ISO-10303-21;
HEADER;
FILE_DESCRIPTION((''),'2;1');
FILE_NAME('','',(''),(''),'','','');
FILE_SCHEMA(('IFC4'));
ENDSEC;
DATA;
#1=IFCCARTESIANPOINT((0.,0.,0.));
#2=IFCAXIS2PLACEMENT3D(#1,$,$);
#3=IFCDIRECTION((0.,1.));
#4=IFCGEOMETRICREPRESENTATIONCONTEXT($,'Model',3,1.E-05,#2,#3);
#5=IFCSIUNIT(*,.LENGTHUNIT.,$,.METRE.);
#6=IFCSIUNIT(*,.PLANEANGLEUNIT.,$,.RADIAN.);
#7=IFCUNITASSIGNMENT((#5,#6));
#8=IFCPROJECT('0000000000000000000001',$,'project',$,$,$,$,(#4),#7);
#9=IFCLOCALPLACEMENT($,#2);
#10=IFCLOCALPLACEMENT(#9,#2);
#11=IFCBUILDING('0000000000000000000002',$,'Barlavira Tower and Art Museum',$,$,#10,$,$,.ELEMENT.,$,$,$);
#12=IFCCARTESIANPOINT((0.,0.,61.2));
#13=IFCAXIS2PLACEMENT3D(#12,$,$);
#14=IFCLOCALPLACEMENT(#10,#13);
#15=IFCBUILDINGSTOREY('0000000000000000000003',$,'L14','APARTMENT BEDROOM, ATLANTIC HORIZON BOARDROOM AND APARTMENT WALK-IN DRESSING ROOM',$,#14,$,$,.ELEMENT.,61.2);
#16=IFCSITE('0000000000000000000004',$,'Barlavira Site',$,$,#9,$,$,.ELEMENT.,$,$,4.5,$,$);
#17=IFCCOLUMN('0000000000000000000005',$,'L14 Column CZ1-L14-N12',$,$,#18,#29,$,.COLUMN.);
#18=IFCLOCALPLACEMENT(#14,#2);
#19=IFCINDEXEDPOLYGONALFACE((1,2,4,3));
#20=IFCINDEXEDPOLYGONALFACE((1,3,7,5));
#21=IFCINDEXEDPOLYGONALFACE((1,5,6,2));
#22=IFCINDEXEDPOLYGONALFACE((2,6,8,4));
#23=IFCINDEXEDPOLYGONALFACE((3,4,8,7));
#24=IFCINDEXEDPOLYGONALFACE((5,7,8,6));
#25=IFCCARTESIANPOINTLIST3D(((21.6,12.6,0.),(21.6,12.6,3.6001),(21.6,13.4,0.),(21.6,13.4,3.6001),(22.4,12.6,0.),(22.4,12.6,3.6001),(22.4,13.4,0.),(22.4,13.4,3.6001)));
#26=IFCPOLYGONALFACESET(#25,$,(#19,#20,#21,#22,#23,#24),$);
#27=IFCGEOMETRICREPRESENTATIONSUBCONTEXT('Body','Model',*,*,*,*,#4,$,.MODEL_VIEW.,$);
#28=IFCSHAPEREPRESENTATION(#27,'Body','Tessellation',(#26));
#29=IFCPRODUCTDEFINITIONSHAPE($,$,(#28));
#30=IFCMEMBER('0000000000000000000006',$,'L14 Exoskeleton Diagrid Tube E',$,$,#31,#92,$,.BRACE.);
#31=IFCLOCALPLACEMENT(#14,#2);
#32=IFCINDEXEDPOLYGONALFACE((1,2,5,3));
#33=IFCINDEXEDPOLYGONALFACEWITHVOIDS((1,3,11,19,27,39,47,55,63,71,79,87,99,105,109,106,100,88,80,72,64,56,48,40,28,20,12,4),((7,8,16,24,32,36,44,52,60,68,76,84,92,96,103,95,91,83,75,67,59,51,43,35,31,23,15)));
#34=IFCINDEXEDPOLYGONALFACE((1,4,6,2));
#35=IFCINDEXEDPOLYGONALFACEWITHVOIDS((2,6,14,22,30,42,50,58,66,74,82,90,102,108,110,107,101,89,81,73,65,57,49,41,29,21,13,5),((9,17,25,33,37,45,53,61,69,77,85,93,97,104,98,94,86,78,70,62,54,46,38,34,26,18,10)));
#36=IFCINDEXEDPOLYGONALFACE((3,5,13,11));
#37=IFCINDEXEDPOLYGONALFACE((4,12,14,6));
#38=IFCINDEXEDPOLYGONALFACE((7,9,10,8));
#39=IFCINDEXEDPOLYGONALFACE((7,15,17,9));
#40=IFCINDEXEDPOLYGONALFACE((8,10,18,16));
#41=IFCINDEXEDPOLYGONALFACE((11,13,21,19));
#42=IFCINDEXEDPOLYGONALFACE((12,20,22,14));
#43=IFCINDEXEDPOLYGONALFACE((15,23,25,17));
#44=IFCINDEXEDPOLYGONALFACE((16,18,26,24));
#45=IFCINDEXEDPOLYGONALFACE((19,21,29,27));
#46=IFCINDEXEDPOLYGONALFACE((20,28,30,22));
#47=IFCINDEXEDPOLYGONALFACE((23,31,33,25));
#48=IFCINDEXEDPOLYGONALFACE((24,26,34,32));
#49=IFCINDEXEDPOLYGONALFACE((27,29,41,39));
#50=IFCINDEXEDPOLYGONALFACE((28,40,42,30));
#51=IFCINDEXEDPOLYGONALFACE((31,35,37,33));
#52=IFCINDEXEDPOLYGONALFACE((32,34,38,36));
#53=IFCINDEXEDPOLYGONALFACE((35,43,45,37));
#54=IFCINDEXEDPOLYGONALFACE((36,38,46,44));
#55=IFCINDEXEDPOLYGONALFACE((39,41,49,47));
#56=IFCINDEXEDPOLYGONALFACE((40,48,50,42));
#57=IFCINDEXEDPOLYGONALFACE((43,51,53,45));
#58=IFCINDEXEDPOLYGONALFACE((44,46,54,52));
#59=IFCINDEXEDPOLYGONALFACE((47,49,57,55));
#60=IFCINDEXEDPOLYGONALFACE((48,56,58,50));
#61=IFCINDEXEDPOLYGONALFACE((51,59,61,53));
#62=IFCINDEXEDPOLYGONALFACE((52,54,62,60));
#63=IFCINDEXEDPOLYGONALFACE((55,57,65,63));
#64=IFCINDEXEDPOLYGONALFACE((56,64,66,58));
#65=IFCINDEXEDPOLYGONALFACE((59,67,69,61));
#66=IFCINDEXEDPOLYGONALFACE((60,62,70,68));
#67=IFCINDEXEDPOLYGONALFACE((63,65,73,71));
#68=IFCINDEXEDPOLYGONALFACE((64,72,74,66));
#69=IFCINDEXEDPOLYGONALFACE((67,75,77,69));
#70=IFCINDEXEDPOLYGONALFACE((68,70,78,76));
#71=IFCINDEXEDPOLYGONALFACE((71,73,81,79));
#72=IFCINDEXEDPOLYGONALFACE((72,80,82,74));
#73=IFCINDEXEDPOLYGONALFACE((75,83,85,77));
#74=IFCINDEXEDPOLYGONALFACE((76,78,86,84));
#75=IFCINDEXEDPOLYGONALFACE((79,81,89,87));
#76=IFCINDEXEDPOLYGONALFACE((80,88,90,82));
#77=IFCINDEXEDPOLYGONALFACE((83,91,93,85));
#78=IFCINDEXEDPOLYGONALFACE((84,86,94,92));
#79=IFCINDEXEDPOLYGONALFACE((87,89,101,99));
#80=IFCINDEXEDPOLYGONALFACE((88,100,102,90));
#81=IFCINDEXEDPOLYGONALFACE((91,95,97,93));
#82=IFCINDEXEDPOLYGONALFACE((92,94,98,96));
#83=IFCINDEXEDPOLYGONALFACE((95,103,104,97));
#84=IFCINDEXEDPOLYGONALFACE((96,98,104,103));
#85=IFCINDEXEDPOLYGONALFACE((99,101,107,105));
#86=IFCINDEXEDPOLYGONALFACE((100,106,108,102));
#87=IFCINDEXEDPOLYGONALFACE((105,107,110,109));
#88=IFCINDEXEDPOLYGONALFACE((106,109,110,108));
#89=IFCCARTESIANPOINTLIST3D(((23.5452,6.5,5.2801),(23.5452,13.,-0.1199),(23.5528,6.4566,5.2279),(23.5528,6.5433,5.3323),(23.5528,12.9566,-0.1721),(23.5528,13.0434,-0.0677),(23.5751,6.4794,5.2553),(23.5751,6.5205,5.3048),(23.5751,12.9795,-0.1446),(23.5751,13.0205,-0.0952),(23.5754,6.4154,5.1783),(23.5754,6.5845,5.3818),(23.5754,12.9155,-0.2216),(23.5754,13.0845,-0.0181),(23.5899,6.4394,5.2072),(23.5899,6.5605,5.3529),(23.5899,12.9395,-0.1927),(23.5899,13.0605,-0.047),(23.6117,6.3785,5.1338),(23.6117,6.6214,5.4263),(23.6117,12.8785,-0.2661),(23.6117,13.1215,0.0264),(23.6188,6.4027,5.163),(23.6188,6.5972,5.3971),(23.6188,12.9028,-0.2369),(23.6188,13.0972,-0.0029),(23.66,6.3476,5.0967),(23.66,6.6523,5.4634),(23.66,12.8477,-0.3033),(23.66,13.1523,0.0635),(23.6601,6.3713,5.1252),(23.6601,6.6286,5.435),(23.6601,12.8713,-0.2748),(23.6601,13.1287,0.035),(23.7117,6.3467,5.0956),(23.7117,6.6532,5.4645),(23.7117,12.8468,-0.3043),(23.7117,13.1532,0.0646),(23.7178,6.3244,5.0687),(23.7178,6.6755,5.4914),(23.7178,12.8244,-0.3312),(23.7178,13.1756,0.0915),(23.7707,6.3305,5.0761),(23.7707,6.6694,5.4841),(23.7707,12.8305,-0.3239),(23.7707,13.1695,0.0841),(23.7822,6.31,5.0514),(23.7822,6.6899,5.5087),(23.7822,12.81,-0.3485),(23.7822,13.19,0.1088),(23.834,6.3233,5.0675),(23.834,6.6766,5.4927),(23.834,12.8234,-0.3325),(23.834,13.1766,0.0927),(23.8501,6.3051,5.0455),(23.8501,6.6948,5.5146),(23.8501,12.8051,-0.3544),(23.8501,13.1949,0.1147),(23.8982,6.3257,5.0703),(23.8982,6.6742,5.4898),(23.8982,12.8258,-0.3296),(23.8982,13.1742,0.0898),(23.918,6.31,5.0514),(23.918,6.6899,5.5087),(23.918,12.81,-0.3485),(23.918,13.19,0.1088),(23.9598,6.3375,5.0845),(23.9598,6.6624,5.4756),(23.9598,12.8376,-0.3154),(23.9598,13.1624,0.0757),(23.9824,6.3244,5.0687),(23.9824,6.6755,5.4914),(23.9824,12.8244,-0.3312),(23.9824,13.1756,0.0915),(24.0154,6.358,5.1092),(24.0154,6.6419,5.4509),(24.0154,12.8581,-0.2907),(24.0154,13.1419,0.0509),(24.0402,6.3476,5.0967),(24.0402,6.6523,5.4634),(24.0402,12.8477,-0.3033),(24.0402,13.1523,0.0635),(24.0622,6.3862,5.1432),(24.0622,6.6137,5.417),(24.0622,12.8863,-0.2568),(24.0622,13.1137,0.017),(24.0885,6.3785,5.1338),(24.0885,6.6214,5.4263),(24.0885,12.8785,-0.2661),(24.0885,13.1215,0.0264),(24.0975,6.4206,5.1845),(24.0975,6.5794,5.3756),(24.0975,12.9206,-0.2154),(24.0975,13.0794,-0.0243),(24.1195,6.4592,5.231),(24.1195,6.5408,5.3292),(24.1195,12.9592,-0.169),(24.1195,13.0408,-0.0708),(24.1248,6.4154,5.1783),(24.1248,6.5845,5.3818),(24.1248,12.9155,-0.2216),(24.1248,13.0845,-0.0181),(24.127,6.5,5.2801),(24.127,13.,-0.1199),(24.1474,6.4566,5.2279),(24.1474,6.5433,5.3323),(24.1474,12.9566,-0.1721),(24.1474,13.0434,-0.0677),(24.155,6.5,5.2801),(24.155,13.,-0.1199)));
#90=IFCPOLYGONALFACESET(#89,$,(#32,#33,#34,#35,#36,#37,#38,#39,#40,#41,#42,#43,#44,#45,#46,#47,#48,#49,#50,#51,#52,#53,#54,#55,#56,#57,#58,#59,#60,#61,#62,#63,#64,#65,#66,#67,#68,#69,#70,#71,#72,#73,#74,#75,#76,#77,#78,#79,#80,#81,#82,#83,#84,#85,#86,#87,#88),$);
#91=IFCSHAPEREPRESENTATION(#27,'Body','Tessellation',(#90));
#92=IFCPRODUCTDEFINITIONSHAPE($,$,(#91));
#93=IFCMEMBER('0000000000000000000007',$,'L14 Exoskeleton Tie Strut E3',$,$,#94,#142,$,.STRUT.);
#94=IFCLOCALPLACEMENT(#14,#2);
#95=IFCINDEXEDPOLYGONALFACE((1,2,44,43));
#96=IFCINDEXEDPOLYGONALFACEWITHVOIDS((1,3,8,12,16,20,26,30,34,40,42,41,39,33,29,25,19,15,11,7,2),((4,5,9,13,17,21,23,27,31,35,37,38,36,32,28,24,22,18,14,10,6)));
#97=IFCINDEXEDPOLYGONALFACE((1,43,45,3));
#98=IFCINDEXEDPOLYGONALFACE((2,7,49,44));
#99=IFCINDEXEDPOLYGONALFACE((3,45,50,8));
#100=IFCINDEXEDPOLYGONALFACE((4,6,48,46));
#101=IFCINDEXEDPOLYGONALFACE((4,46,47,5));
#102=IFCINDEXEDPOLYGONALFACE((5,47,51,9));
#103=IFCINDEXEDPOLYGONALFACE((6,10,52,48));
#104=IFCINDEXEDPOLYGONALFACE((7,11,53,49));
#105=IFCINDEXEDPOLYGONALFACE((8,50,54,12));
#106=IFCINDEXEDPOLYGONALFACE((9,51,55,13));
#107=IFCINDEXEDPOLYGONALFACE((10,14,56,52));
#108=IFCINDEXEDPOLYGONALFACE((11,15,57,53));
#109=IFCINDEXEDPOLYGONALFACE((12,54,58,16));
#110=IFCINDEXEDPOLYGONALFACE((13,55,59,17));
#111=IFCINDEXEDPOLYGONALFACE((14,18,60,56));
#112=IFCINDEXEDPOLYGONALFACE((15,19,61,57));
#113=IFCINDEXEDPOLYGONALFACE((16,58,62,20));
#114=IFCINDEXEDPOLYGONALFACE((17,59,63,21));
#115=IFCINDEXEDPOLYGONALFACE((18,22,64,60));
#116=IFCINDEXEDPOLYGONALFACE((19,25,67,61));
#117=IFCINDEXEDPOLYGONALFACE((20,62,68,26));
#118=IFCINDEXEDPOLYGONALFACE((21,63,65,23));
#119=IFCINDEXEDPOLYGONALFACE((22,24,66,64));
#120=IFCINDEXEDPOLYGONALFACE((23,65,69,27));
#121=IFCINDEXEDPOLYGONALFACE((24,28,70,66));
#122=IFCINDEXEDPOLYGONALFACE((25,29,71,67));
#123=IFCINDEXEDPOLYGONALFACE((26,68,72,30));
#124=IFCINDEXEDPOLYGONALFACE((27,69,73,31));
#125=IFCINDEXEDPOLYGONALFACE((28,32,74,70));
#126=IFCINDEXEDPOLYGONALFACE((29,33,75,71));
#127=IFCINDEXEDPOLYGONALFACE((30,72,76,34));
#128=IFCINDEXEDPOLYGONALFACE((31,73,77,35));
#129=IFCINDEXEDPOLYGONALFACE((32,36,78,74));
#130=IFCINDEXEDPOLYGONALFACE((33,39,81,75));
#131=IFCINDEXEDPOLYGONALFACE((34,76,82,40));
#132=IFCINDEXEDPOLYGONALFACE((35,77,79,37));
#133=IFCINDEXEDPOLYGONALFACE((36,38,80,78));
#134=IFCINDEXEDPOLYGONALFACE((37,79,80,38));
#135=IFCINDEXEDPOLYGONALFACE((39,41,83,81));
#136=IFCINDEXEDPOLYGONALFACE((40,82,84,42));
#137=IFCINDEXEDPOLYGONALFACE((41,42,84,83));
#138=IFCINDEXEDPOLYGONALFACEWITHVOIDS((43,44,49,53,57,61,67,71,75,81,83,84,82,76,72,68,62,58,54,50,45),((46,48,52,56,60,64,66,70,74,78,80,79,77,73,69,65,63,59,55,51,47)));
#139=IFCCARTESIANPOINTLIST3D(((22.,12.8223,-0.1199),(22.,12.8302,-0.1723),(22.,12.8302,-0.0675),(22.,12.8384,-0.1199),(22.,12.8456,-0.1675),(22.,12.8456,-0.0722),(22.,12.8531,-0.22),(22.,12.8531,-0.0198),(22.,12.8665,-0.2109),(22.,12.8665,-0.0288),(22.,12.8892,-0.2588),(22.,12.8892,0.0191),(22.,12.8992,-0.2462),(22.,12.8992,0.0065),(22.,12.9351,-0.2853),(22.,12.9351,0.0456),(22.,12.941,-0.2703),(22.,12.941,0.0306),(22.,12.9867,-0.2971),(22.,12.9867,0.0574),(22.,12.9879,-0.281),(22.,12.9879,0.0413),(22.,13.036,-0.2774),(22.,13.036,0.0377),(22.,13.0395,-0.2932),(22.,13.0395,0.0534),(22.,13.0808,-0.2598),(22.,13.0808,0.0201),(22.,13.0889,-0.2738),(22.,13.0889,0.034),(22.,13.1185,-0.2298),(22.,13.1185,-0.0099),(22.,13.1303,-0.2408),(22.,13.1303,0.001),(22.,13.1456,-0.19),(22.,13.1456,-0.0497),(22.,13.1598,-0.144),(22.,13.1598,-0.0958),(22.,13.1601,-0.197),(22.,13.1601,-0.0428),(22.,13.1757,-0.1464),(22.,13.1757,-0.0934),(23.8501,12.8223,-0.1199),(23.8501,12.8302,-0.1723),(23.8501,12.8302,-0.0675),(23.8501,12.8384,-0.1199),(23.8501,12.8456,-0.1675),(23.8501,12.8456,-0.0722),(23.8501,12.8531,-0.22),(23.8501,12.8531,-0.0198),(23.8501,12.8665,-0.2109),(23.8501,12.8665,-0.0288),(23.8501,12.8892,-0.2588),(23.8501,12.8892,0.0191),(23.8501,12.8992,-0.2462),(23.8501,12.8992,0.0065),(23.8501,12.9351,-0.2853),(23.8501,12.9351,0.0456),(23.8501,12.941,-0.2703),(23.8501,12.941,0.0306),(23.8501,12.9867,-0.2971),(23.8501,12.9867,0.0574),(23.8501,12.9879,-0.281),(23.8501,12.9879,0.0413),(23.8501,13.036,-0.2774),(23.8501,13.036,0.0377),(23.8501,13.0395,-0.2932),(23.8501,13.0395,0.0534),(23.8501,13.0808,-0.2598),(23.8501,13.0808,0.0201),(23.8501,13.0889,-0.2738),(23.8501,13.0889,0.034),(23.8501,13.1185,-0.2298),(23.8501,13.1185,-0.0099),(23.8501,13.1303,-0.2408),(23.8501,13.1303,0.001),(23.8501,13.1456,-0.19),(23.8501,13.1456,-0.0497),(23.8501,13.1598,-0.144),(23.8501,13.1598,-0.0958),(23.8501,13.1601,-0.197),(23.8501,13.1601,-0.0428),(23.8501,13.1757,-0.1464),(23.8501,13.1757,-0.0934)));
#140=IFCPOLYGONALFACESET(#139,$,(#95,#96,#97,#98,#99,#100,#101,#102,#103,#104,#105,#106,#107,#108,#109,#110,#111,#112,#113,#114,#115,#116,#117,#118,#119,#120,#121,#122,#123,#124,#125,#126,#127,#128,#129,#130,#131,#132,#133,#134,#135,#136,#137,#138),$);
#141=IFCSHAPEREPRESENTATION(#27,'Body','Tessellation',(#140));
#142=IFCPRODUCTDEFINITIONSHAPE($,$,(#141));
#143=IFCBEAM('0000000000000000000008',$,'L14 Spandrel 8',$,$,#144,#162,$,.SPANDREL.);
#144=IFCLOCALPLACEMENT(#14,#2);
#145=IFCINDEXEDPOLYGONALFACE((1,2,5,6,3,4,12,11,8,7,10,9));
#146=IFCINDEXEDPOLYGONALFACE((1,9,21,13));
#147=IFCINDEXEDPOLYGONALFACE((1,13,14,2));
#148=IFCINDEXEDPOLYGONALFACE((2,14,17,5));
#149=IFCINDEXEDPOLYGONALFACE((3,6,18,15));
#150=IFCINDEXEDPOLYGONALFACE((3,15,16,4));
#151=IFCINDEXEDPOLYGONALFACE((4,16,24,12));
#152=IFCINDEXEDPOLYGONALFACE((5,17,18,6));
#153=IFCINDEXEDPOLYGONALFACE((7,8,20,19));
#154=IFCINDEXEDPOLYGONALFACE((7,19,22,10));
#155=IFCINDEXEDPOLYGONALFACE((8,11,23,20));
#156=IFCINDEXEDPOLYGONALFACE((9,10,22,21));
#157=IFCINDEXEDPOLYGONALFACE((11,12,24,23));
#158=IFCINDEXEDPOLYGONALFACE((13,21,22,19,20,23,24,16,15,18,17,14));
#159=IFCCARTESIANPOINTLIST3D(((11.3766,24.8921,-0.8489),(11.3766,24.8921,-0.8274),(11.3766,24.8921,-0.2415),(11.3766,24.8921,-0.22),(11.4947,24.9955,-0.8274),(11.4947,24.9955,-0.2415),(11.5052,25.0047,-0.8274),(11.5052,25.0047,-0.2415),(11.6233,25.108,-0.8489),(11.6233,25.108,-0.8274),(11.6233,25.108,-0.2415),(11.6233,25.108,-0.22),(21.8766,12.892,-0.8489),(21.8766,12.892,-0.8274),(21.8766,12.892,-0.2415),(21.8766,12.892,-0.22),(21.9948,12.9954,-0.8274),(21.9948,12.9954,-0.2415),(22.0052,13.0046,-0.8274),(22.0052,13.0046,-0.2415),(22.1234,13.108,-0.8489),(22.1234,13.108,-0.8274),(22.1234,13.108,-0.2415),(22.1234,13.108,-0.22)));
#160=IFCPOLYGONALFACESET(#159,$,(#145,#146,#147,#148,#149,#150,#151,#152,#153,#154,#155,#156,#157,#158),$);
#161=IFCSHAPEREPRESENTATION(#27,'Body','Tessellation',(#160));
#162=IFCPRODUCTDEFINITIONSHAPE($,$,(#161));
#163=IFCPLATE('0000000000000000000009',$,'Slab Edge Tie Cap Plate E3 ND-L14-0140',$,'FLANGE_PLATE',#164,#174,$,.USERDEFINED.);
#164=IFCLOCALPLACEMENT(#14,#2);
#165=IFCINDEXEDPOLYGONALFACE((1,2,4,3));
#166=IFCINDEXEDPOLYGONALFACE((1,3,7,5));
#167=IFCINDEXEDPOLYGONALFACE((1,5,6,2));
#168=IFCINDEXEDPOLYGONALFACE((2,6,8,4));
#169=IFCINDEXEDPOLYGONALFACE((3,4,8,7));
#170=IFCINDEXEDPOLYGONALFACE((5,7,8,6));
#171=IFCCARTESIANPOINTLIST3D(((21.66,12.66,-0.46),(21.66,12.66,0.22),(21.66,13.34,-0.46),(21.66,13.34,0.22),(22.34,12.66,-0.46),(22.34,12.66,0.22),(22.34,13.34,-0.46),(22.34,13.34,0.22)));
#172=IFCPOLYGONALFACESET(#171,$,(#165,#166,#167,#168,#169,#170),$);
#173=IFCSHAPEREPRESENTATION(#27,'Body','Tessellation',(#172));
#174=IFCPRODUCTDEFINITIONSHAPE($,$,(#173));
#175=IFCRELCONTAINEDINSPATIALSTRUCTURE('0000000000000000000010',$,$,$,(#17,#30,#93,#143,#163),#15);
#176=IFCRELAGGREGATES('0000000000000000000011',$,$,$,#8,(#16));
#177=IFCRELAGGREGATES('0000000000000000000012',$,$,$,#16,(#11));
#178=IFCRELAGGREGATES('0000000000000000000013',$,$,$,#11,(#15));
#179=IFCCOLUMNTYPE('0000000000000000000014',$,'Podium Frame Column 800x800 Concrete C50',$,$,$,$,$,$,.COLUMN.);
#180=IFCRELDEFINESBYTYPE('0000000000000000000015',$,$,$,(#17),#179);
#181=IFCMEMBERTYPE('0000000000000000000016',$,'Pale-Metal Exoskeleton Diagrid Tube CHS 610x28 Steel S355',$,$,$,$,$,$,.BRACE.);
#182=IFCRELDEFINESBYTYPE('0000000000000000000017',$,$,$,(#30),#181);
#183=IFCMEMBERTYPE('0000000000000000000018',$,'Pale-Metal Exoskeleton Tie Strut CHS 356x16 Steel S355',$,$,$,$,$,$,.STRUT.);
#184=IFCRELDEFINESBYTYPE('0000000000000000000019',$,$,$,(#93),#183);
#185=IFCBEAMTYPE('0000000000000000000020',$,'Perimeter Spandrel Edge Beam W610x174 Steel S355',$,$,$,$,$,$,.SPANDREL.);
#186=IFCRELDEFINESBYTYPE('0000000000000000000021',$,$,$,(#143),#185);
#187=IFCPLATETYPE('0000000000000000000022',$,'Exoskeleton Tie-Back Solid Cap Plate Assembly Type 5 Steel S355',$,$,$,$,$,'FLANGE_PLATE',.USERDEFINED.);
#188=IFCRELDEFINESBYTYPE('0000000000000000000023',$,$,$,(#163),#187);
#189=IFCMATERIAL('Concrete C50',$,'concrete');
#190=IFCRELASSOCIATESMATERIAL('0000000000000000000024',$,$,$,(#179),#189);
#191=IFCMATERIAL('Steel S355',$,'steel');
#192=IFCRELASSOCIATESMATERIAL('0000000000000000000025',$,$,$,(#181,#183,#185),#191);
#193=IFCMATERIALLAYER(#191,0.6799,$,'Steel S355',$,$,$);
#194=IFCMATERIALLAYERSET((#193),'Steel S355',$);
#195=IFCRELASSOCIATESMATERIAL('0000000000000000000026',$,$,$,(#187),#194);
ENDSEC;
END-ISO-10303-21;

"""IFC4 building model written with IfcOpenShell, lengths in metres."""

from ifc_helpers import new_model, si_unit, direction, frame, origin, origin_2d, place, context, subcontext, project, spatial, rectangle, hollow_circle, i_section, extrude, material, layer, layer_set, material_profile, profile_set, type_object, element, save


model = new_model("IFC4")

# Units and contexts
model_context = context("Model", 3, precision=1e-05, world=origin(), true_north=direction((0.0, 1.0)))
body_context = subcontext(model_context, "Body", "Model", "MODEL_VIEW")
ifc_project = project(units=[si_unit("LENGTHUNIT", "METRE"), si_unit("PLANEANGLEUNIT", "RADIAN")], contexts=[model_context])

# Site, building, storey
site_placement = place(None, origin())
site = spatial("IfcSite", under=ifc_project, at=site_placement, Name="Barlavira Site", CompositionType="ELEMENT", RefElevation=4.5)
building_placement = place(site_placement, origin())
building = spatial("IfcBuilding", under=site, at=building_placement, Name="Barlavira Tower and Art Museum", CompositionType="ELEMENT")
storey_placement = place(building_placement, frame((0.0, 0.0, 61.2)))
storey = spatial("IfcBuildingStorey", under=building, at=storey_placement, Name="L14", Description="APARTMENT BEDROOM, ATLANTIC HORIZON BOARDROOM AND APARTMENT WALK-IN DRESSING ROOM", CompositionType="ELEMENT", Elevation=61.2)

# Column
ifc_material_1 = material(Name="Concrete C50", Category="concrete")
ifc_material_profile_1 = material_profile(ifc_material_1, rectangle(XDim=0.8, YDim=0.8, at=origin_2d()), Name="RC-COL 800x800")
ifc_profile_set_1 = profile_set([ifc_material_profile_1], Name="Concrete C50")
column_type = type_object("IfcColumnType", Name="Podium Frame Column 800x800 Concrete C50", PredefinedType="COLUMN", material=ifc_profile_set_1)
column_placement = place(storey_placement, frame((22.0, 13.0, 0.0), z_axis=(0.0, 0.0, 1.0), x_axis=(1.0, 0.0, 0.0)))
element("IfcColumn", 1, at=column_placement, inside=storey, type_object=column_type, Name="L14 Column CZ1-L14-N12", PredefinedType="COLUMN", context=body_context, shape_type="SweptSolid", body=[
    extrude(rectangle(XDim=0.8, YDim=0.8, at=origin_2d()), origin(), (0.0, 0.0, 1.0), 3.6001),
])

# Members
ifc_material_2 = material(Name="Steel S355", Category="steel")
ifc_material_profile_2 = material_profile(ifc_material_2, hollow_circle(Radius=0.3049, WallThickness=0.0281, at=origin_2d()), Name="CHS 610.0x28.0")
ifc_profile_set_2 = profile_set([ifc_material_profile_2], Name="Steel S355")
member_type_1 = type_object("IfcMemberType", Name="Pale-Metal Exoskeleton Diagrid Tube CHS 610x28 Steel S355", PredefinedType="BRACE", material=ifc_profile_set_2)
member_1_placement = place(storey_placement, frame((23.8501, 13.0, -0.1199), z_axis=(0.0, -0.769196, 0.639013), x_axis=(1.0, 0.0, 0.0)))
element("IfcMember", 2, at=member_1_placement, inside=storey, type_object=member_type_1, Name="L14 Exoskeleton Diagrid Tube E", PredefinedType="BRACE", context=body_context, shape_type="SweptSolid", body=[
    extrude(hollow_circle(Radius=0.3049, WallThickness=0.0281, at=origin_2d()), origin(), (0.0, 0.0, 1.0), 8.4504),
])
ifc_material_profile_3 = material_profile(ifc_material_2, hollow_circle(Radius=0.1777, WallThickness=0.0161, at=origin_2d()), Name="CHS 355.6x16.0")
ifc_profile_set_3 = profile_set([ifc_material_profile_3], Name="Steel S355")
member_type_2 = type_object("IfcMemberType", Name="Pale-Metal Exoskeleton Tie Strut CHS 356x16 Steel S355", PredefinedType="STRUT", material=ifc_profile_set_3)
member_2_placement = place(storey_placement, frame((23.8501, 13.0, -0.1199), z_axis=(-1.0, 0.0, 0.0), x_axis=(0.0, -1.0, 0.0)))
element("IfcMember", 3, at=member_2_placement, inside=storey, type_object=member_type_2, Name="L14 Exoskeleton Tie Strut E3", PredefinedType="STRUT", context=body_context, shape_type="SweptSolid", body=[
    extrude(hollow_circle(Radius=0.1777, WallThickness=0.0161, at=origin_2d()), origin(), (0.0, 0.0, 1.0), 1.8501),
])

# Beam
ifc_material_profile_4 = material_profile(ifc_material_2, i_section(OverallWidth=0.3279, OverallDepth=0.6289, WebThickness=0.0139, FlangeThickness=0.0215, at=origin_2d()), Name="W610x174.0")
ifc_profile_set_4 = profile_set([ifc_material_profile_4], Name="Steel S355")
beam_type = type_object("IfcBeamType", Name="Perimeter Spandrel Edge Beam W610x174 Steel S355", PredefinedType="SPANDREL", material=ifc_profile_set_4)
beam_placement = place(storey_placement, frame((22.0, 13.0, -0.5344), z_axis=(-0.658505, 0.752577, 0.0), x_axis=(-0.752577, -0.658505, 0.0)))
element("IfcBeam", 4, at=beam_placement, inside=storey, type_object=beam_type, Name="L14 Spandrel 8", PredefinedType="SPANDREL", context=body_context, shape_type="SweptSolid", body=[
    extrude(i_section(OverallWidth=0.3279, OverallDepth=0.6289, WebThickness=0.0139, FlangeThickness=0.0215, at=origin_2d()), origin(), (0.0, 0.0, 1.0), 15.9453),
])

# Plate
ifc_layer_1 = layer(ifc_material_2, 0.6799, Name="Steel S355")
ifc_layer_set_1 = layer_set([ifc_layer_1], Name="Steel S355")
plate_type = type_object("IfcPlateType", Name="Exoskeleton Tie-Back Solid Cap Plate Assembly Type 5 Steel S355", ElementType="FLANGE_PLATE", PredefinedType="USERDEFINED", material=ifc_layer_set_1)
plate_placement = place(storey_placement, frame((22.0, 13.0, -0.46), z_axis=(0.0, 0.0, 1.0), x_axis=(1.0, 0.0, 0.0)))
element("IfcPlate", 5, at=plate_placement, inside=storey, type_object=plate_type, Name="Slab Edge Tie Cap Plate E3 ND-L14-0140", ObjectType="FLANGE_PLATE", PredefinedType="USERDEFINED", context=body_context, shape_type="SweptSolid", body=[
    extrude(rectangle(XDim=0.6799, YDim=0.6799, at=origin_2d()), origin(), (0.0, 0.0, 1.0), 0.6799),
])

save(model, "model.ifc")
